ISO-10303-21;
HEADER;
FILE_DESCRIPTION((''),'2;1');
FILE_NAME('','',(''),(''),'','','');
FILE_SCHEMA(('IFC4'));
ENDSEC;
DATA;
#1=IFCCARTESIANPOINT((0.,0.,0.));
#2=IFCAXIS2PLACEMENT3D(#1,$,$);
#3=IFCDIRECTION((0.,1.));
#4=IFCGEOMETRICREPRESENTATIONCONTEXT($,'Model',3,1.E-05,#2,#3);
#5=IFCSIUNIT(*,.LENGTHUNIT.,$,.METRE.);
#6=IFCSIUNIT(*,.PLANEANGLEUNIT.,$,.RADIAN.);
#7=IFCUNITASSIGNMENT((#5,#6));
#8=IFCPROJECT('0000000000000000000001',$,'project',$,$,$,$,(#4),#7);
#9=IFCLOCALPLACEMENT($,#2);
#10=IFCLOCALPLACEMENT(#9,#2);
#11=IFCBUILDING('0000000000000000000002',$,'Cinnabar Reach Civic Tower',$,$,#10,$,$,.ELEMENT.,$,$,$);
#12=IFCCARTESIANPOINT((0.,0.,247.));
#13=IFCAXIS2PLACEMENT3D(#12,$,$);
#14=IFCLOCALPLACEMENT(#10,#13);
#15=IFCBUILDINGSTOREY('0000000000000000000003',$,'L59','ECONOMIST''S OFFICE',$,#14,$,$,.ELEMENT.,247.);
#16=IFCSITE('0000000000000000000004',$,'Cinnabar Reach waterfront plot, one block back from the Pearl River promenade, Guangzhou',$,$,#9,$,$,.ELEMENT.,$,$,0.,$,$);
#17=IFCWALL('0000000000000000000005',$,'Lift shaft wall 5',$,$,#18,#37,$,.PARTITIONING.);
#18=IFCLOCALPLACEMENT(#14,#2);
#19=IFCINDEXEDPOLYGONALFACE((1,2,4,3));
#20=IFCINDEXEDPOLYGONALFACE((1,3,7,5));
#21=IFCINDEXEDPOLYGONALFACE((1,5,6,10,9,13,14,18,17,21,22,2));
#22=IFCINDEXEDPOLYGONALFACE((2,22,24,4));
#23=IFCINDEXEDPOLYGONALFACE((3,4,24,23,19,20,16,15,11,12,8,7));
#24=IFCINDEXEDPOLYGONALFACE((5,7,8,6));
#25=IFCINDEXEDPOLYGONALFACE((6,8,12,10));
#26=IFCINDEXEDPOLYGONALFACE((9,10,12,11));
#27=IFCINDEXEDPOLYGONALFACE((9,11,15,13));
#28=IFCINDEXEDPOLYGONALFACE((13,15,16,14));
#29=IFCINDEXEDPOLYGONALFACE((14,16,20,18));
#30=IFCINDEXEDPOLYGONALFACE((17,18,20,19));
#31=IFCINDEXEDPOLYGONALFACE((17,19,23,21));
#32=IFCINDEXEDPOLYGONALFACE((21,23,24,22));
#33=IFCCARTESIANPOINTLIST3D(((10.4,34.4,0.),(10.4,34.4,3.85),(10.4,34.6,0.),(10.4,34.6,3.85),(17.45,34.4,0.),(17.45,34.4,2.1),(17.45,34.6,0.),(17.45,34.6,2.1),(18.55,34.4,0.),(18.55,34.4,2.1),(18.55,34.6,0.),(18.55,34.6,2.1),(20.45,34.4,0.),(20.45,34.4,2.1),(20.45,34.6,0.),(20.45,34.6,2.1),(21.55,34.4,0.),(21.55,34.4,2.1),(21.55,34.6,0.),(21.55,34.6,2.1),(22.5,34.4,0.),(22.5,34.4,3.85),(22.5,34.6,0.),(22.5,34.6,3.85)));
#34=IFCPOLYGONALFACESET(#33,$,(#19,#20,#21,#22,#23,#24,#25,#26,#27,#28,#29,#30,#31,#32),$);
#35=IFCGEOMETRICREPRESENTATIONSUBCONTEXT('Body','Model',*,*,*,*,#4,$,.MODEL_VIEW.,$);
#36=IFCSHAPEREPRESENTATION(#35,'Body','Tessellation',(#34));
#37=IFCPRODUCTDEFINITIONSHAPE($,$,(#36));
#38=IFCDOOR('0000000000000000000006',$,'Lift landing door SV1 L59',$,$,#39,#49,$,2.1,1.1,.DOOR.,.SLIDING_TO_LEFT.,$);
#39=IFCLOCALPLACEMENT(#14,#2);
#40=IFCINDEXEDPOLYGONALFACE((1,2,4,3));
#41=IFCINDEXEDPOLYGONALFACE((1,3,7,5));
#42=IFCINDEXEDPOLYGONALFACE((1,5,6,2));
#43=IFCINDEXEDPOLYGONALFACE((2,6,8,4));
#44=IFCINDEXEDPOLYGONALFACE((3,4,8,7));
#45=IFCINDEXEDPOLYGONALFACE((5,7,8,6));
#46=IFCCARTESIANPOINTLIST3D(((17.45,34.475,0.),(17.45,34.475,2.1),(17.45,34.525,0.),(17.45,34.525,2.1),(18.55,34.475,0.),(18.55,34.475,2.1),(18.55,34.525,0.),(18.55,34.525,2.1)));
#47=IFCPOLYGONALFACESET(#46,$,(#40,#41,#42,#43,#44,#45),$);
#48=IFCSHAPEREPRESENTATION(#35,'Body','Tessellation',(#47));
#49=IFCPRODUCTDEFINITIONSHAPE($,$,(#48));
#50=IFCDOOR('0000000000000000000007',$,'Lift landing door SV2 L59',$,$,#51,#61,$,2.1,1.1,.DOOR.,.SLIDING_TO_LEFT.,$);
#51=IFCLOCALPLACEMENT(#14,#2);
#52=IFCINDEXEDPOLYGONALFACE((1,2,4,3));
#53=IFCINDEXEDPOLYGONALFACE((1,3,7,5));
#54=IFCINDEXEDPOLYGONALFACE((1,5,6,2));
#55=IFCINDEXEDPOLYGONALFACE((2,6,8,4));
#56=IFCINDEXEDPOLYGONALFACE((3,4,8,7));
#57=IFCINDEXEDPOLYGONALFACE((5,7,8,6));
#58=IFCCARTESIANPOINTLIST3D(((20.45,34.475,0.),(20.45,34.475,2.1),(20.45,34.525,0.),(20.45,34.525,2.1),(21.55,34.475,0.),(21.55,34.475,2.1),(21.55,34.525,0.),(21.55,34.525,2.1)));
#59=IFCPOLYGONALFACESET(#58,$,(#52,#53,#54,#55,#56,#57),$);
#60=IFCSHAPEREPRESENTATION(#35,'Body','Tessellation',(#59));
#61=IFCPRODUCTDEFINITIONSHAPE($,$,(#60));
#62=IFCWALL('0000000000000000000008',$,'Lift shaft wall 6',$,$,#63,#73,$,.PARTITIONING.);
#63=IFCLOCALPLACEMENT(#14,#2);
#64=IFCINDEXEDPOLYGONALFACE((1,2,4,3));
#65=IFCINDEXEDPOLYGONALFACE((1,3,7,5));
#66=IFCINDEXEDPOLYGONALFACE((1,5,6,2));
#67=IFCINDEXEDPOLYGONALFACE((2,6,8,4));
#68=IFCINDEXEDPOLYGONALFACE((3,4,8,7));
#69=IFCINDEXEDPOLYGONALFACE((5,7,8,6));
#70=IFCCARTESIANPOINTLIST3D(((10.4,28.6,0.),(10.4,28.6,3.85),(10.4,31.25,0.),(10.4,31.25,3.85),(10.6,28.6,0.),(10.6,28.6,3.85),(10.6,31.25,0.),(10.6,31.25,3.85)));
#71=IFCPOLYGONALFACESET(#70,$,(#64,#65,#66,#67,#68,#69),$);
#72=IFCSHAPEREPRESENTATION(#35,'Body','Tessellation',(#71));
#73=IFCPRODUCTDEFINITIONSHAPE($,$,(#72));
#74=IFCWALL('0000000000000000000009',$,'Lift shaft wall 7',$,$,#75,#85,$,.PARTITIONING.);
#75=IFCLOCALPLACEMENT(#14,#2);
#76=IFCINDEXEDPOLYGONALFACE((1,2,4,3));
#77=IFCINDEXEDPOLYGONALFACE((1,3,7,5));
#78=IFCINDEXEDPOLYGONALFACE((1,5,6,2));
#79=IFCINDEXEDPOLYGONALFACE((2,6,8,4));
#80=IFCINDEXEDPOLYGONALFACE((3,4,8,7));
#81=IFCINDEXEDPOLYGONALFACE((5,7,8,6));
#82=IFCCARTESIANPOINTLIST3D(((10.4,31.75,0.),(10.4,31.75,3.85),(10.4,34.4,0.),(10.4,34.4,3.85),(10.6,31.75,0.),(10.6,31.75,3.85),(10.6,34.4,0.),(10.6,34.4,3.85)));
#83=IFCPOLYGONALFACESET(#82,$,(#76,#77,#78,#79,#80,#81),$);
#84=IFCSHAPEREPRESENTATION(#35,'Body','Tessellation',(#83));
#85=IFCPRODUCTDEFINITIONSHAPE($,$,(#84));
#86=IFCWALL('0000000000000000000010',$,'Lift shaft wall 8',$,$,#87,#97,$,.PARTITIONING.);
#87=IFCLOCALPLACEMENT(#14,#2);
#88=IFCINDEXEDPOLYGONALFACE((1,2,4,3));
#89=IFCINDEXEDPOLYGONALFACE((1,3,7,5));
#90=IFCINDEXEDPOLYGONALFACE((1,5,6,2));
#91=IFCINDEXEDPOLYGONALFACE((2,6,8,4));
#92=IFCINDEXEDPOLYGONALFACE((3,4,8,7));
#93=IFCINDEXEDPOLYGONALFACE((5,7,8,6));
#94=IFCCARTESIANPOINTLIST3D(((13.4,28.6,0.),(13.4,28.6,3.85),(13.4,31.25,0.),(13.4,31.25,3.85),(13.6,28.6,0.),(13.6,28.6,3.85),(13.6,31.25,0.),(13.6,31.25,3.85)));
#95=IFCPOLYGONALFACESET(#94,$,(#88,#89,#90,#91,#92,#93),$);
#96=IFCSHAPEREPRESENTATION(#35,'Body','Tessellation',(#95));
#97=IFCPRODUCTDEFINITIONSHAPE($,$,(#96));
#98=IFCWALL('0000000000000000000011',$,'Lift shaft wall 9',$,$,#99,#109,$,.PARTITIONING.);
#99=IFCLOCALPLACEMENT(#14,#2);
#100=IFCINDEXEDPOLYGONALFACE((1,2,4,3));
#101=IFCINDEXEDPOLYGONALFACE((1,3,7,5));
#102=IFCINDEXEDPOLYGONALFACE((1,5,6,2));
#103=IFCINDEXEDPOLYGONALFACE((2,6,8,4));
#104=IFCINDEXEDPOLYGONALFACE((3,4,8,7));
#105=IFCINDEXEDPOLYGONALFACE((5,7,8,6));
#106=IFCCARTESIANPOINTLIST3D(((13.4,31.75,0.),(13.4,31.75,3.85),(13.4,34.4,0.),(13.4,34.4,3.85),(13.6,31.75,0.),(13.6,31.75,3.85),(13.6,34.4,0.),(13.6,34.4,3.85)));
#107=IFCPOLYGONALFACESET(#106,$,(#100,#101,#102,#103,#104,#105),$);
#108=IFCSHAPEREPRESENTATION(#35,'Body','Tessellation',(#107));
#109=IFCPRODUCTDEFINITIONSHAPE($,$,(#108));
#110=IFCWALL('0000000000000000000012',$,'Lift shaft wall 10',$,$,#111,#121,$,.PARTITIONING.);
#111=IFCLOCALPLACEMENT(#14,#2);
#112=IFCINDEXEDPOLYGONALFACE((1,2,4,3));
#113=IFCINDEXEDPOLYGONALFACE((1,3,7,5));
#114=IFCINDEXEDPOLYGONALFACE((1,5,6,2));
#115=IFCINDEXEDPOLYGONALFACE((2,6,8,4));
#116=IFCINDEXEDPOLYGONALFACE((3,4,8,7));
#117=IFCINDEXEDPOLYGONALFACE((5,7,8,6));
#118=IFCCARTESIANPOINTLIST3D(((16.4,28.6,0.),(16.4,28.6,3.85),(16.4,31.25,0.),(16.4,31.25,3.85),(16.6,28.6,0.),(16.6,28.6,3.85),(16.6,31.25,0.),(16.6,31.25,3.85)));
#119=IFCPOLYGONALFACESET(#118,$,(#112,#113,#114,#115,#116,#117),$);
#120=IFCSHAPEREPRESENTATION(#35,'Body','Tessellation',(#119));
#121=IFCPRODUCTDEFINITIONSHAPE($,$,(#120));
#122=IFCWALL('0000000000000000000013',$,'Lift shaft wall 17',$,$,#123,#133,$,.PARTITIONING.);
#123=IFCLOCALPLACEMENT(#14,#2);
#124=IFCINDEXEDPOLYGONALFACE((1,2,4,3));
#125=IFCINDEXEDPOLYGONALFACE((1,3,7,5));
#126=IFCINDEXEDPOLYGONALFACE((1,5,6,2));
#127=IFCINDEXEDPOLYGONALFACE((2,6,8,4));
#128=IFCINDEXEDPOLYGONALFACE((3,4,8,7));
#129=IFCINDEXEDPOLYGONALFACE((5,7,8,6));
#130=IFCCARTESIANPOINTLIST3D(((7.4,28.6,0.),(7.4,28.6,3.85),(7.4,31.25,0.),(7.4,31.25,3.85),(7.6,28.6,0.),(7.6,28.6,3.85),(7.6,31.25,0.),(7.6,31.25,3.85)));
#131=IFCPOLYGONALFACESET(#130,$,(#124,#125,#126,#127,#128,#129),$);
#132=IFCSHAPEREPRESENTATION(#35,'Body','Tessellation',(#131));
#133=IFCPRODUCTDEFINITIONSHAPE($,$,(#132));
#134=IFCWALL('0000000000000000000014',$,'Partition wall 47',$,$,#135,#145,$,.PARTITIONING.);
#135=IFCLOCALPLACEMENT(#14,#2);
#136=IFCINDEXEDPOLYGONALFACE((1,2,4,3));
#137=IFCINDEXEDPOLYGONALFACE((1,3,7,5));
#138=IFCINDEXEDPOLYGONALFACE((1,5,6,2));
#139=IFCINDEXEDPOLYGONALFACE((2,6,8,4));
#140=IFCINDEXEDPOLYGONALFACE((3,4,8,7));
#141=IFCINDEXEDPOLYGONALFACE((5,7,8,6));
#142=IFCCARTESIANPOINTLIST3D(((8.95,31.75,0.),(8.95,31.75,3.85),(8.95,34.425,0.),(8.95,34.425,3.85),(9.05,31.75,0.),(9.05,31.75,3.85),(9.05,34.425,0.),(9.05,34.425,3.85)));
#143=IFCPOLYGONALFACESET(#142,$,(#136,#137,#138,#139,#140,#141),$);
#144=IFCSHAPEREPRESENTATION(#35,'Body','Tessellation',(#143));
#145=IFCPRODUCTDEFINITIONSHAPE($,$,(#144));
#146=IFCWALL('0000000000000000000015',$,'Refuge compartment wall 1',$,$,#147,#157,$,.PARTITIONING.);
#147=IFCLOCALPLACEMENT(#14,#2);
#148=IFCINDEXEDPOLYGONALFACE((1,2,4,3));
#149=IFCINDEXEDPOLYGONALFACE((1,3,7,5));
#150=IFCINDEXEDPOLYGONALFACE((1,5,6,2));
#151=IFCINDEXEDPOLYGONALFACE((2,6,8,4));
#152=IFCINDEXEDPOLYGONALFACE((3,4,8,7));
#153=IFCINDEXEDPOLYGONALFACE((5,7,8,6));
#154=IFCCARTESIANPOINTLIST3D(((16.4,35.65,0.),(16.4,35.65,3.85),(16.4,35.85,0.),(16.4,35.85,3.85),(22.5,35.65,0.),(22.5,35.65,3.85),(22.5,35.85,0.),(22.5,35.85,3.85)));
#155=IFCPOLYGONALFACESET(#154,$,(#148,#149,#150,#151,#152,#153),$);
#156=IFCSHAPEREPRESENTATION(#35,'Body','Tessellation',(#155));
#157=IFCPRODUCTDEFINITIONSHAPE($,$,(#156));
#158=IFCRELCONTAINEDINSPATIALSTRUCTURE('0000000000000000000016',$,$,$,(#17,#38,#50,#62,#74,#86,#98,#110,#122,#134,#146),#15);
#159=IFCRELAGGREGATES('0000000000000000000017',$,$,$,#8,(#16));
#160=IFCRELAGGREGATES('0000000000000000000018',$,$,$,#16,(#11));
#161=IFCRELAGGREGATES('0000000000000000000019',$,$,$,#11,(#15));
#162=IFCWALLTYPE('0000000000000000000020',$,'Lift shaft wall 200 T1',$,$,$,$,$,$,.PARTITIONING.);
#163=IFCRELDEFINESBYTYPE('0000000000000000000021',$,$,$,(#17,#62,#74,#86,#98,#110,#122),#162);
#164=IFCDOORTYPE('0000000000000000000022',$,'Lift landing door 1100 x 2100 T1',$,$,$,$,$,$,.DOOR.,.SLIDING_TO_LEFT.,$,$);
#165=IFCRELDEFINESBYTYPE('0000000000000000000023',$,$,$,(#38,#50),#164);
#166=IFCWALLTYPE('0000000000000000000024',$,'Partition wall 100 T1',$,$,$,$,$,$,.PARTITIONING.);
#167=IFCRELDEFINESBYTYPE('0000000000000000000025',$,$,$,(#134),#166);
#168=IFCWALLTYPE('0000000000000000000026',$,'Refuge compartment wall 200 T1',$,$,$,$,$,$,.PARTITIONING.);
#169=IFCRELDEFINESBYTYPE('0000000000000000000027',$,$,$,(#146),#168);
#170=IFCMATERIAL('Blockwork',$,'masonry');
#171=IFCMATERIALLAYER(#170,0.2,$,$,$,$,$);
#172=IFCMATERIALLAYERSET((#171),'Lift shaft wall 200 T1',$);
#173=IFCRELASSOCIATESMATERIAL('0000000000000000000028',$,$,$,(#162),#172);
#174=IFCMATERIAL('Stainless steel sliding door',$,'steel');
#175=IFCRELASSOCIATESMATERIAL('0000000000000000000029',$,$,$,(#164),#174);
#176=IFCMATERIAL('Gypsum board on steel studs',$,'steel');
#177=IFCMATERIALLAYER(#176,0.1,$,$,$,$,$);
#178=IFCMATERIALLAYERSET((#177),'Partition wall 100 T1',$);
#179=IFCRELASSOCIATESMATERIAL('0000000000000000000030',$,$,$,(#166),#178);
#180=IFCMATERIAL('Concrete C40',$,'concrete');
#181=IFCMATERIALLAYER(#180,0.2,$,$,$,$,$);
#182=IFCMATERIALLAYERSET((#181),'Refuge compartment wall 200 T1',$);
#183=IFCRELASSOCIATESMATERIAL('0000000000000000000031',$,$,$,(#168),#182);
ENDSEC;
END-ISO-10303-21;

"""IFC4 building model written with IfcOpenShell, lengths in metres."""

from ifc_helpers import new_model, si_unit, direction, frame, frame_2d, origin, place, context, subcontext, project, spatial, rectangle, extrude, material, layer, layer_set, type_object, element, fill, save


model = new_model("IFC4")

# Units and contexts
model_context = context("Model", 3, precision=1e-05, world=origin(), true_north=direction((0.0, 1.0)))
body_context = subcontext(model_context, "Body", "Model", "MODEL_VIEW")
ifc_project = project(units=[si_unit("LENGTHUNIT", "METRE"), si_unit("PLANEANGLEUNIT", "RADIAN")], contexts=[model_context])

# Site, building, storey
site_placement = place(None, origin())
site = spatial("IfcSite", under=ifc_project, at=site_placement, Name="Cinnabar Reach waterfront plot, one block back from the Pearl River promenade, Guangzhou", CompositionType="ELEMENT", RefElevation=0.0)
building_placement = place(site_placement, origin())
building = spatial("IfcBuilding", under=site, at=building_placement, Name="Cinnabar Reach Civic Tower", CompositionType="ELEMENT")
storey_placement = place(building_placement, frame((0.0, 0.0, 247.0)))
storey = spatial("IfcBuildingStorey", under=building, at=storey_placement, Name="L59", Description="ECONOMIST'S OFFICE", CompositionType="ELEMENT", Elevation=247.0)

# Wall, openings, doors
ifc_material_1 = material(Name="Blockwork", Category="masonry")
ifc_layer_1 = layer(ifc_material_1, 0.2)
ifc_layer_set_1 = layer_set([ifc_layer_1], Name="Lift shaft wall 200 T1")
wall_type_1 = type_object("IfcWallType", Name="Lift shaft wall 200 T1", PredefinedType="PARTITIONING", material=ifc_layer_set_1)
wall_1_placement = place(storey_placement, frame((10.4, 34.5, 0.0), z_axis=(0.0, 0.0, 1.0), x_axis=(1.0, 0.0, 0.0)))
wall_1 = element("IfcWall", 1, at=wall_1_placement, inside=storey, type_object=wall_type_1, Name="Lift shaft wall 5", PredefinedType="PARTITIONING", context=body_context, shape_type="SweptSolid", body=[
    extrude(rectangle(XDim=12.1, YDim=0.2, at=frame_2d((6.05, 0.0))), origin(), (0.0, 0.0, 1.0), 3.85),
])
opening_1_placement = place(wall_1_placement, frame((7.05, 0.0, 0.0)))
opening_1 = element("IfcOpeningElement", 2, at=opening_1_placement, cuts=wall_1, PredefinedType="OPENING", context=body_context, shape_type="SweptSolid", body=[
    extrude(rectangle(XDim=1.1, YDim=2.1, at=frame_2d((0.55, 1.05))), frame((0.0, 0.11, 0.0), z_axis=(0.0, -1.0, 0.0), x_axis=(1.0, 0.0, 0.0)), (0.0, 0.0, 1.0), 0.22),
])
opening_2_placement = place(wall_1_placement, frame((10.05, 0.0, 0.0)))
opening_2 = element("IfcOpeningElement", 3, at=opening_2_placement, cuts=wall_1, PredefinedType="OPENING", context=body_context, shape_type="SweptSolid", body=[
    extrude(rectangle(XDim=1.1, YDim=2.1, at=frame_2d((0.55, 1.05))), frame((0.0, 0.11, 0.0), z_axis=(0.0, -1.0, 0.0), x_axis=(1.0, 0.0, 0.0)), (0.0, 0.0, 1.0), 0.22),
])
ifc_material_2 = material(Name="Stainless steel sliding door", Category="steel")
door_type = type_object("IfcDoorType", Name="Lift landing door 1100 x 2100 T1", OperationType="SLIDING_TO_LEFT", PredefinedType="DOOR", material=ifc_material_2)
door_1_placement = place(opening_1_placement, origin())
door_1 = element("IfcDoor", 4, at=door_1_placement, inside=storey, type_object=door_type, Name="Lift landing door SV1 L59", OperationType="SLIDING_TO_LEFT", OverallHeight=2.1, OverallWidth=1.1, PredefinedType="DOOR", context=body_context, shape_type="SweptSolid", body=[
    extrude(rectangle(XDim=1.1, YDim=2.1, at=frame_2d((0.55, 1.05))), frame((0.0, 0.025, 0.0), z_axis=(0.0, -1.0, 0.0), x_axis=(1.0, 0.0, 0.0)), (0.0, 0.0, 1.0), 0.05),
])
fill(opening_1, door_1)
door_2_placement = place(opening_2_placement, origin())
door_2 = element("IfcDoor", 5, at=door_2_placement, inside=storey, type_object=door_type, Name="Lift landing door SV2 L59", OperationType="SLIDING_TO_LEFT", OverallHeight=2.1, OverallWidth=1.1, PredefinedType="DOOR", context=body_context, shape_type="SweptSolid", body=[
    extrude(rectangle(XDim=1.1, YDim=2.1, at=frame_2d((0.55, 1.05))), frame((0.0, 0.025, 0.0), z_axis=(0.0, -1.0, 0.0), x_axis=(1.0, 0.0, 0.0)), (0.0, 0.0, 1.0), 0.05),
])
fill(opening_2, door_2)

# Walls
for number, where, z_axis, x_axis, name in (
    (6, (10.5, 28.6, 0.0), (0.0, 0.0, 1.0), (0.0, 1.0, 0.0), "Lift shaft wall 6"),
    (7, (10.5, 31.75, 0.0), (0.0, 0.0, 1.0), (0.0, 1.0, 0.0), "Lift shaft wall 7"),
    (8, (13.5, 28.6, 0.0), (0.0, 0.0, 1.0), (0.0, 1.0, 0.0), "Lift shaft wall 8"),
    (9, (13.5, 31.75, 0.0), (0.0, 0.0, 1.0), (0.0, 1.0, 0.0), "Lift shaft wall 9"),
    (10, (16.5, 28.6, 0.0), (0.0, 0.0, 1.0), (0.0, 1.0, 0.0), "Lift shaft wall 10"),
    (11, (7.5, 28.6, 0.0), (0.0, 0.0, 1.0), (0.0, 1.0, 0.0), "Lift shaft wall 17"),
):
    element("IfcWall", number, at=place(storey_placement, frame(where, z_axis=z_axis, x_axis=x_axis)), inside=storey, type_object=wall_type_1, Name=name, PredefinedType="PARTITIONING", context=body_context, shape_type="SweptSolid", body=[
        extrude(rectangle(XDim=2.65, YDim=0.2, at=frame_2d((1.325, 0.0))), origin(), (0.0, 0.0, 1.0), 3.85),
    ])
ifc_material_3 = material(Name="Gypsum board on steel studs", Category="steel")
ifc_layer_2 = layer(ifc_material_3, 0.1)
ifc_layer_set_2 = layer_set([ifc_layer_2], Name="Partition wall 100 T1")
wall_type_2 = type_object("IfcWallType", Name="Partition wall 100 T1", PredefinedType="PARTITIONING", material=ifc_layer_set_2)
wall_2_placement = place(storey_placement, frame((9.0, 31.75, 0.0), z_axis=(0.0, 0.0, 1.0), x_axis=(0.0, 1.0, 0.0)))
element("IfcWall", 12, at=wall_2_placement, inside=storey, type_object=wall_type_2, Name="Partition wall 47", PredefinedType="PARTITIONING", context=body_context, shape_type="SweptSolid", body=[
    extrude(rectangle(XDim=2.675, YDim=0.1, at=frame_2d((1.3375, 0.0))), origin(), (0.0, 0.0, 1.0), 3.85),
])
ifc_material_4 = material(Name="Concrete C40", Category="concrete")
ifc_layer_3 = layer(ifc_material_4, 0.2)
ifc_layer_set_3 = layer_set([ifc_layer_3], Name="Refuge compartment wall 200 T1")
wall_type_3 = type_object("IfcWallType", Name="Refuge compartment wall 200 T1", PredefinedType="PARTITIONING", material=ifc_layer_set_3)
wall_3_placement = place(storey_placement, frame((16.4, 35.75, 0.0), z_axis=(0.0, 0.0, 1.0), x_axis=(1.0, 0.0, 0.0)))
element("IfcWall", 13, at=wall_3_placement, inside=storey, type_object=wall_type_3, Name="Refuge compartment wall 1", PredefinedType="PARTITIONING", context=body_context, shape_type="SweptSolid", body=[
    extrude(rectangle(XDim=6.1, YDim=0.2, at=frame_2d((3.05, 0.0))), origin(), (0.0, 0.0, 1.0), 3.85),
])

save(model, "model.ifc")
